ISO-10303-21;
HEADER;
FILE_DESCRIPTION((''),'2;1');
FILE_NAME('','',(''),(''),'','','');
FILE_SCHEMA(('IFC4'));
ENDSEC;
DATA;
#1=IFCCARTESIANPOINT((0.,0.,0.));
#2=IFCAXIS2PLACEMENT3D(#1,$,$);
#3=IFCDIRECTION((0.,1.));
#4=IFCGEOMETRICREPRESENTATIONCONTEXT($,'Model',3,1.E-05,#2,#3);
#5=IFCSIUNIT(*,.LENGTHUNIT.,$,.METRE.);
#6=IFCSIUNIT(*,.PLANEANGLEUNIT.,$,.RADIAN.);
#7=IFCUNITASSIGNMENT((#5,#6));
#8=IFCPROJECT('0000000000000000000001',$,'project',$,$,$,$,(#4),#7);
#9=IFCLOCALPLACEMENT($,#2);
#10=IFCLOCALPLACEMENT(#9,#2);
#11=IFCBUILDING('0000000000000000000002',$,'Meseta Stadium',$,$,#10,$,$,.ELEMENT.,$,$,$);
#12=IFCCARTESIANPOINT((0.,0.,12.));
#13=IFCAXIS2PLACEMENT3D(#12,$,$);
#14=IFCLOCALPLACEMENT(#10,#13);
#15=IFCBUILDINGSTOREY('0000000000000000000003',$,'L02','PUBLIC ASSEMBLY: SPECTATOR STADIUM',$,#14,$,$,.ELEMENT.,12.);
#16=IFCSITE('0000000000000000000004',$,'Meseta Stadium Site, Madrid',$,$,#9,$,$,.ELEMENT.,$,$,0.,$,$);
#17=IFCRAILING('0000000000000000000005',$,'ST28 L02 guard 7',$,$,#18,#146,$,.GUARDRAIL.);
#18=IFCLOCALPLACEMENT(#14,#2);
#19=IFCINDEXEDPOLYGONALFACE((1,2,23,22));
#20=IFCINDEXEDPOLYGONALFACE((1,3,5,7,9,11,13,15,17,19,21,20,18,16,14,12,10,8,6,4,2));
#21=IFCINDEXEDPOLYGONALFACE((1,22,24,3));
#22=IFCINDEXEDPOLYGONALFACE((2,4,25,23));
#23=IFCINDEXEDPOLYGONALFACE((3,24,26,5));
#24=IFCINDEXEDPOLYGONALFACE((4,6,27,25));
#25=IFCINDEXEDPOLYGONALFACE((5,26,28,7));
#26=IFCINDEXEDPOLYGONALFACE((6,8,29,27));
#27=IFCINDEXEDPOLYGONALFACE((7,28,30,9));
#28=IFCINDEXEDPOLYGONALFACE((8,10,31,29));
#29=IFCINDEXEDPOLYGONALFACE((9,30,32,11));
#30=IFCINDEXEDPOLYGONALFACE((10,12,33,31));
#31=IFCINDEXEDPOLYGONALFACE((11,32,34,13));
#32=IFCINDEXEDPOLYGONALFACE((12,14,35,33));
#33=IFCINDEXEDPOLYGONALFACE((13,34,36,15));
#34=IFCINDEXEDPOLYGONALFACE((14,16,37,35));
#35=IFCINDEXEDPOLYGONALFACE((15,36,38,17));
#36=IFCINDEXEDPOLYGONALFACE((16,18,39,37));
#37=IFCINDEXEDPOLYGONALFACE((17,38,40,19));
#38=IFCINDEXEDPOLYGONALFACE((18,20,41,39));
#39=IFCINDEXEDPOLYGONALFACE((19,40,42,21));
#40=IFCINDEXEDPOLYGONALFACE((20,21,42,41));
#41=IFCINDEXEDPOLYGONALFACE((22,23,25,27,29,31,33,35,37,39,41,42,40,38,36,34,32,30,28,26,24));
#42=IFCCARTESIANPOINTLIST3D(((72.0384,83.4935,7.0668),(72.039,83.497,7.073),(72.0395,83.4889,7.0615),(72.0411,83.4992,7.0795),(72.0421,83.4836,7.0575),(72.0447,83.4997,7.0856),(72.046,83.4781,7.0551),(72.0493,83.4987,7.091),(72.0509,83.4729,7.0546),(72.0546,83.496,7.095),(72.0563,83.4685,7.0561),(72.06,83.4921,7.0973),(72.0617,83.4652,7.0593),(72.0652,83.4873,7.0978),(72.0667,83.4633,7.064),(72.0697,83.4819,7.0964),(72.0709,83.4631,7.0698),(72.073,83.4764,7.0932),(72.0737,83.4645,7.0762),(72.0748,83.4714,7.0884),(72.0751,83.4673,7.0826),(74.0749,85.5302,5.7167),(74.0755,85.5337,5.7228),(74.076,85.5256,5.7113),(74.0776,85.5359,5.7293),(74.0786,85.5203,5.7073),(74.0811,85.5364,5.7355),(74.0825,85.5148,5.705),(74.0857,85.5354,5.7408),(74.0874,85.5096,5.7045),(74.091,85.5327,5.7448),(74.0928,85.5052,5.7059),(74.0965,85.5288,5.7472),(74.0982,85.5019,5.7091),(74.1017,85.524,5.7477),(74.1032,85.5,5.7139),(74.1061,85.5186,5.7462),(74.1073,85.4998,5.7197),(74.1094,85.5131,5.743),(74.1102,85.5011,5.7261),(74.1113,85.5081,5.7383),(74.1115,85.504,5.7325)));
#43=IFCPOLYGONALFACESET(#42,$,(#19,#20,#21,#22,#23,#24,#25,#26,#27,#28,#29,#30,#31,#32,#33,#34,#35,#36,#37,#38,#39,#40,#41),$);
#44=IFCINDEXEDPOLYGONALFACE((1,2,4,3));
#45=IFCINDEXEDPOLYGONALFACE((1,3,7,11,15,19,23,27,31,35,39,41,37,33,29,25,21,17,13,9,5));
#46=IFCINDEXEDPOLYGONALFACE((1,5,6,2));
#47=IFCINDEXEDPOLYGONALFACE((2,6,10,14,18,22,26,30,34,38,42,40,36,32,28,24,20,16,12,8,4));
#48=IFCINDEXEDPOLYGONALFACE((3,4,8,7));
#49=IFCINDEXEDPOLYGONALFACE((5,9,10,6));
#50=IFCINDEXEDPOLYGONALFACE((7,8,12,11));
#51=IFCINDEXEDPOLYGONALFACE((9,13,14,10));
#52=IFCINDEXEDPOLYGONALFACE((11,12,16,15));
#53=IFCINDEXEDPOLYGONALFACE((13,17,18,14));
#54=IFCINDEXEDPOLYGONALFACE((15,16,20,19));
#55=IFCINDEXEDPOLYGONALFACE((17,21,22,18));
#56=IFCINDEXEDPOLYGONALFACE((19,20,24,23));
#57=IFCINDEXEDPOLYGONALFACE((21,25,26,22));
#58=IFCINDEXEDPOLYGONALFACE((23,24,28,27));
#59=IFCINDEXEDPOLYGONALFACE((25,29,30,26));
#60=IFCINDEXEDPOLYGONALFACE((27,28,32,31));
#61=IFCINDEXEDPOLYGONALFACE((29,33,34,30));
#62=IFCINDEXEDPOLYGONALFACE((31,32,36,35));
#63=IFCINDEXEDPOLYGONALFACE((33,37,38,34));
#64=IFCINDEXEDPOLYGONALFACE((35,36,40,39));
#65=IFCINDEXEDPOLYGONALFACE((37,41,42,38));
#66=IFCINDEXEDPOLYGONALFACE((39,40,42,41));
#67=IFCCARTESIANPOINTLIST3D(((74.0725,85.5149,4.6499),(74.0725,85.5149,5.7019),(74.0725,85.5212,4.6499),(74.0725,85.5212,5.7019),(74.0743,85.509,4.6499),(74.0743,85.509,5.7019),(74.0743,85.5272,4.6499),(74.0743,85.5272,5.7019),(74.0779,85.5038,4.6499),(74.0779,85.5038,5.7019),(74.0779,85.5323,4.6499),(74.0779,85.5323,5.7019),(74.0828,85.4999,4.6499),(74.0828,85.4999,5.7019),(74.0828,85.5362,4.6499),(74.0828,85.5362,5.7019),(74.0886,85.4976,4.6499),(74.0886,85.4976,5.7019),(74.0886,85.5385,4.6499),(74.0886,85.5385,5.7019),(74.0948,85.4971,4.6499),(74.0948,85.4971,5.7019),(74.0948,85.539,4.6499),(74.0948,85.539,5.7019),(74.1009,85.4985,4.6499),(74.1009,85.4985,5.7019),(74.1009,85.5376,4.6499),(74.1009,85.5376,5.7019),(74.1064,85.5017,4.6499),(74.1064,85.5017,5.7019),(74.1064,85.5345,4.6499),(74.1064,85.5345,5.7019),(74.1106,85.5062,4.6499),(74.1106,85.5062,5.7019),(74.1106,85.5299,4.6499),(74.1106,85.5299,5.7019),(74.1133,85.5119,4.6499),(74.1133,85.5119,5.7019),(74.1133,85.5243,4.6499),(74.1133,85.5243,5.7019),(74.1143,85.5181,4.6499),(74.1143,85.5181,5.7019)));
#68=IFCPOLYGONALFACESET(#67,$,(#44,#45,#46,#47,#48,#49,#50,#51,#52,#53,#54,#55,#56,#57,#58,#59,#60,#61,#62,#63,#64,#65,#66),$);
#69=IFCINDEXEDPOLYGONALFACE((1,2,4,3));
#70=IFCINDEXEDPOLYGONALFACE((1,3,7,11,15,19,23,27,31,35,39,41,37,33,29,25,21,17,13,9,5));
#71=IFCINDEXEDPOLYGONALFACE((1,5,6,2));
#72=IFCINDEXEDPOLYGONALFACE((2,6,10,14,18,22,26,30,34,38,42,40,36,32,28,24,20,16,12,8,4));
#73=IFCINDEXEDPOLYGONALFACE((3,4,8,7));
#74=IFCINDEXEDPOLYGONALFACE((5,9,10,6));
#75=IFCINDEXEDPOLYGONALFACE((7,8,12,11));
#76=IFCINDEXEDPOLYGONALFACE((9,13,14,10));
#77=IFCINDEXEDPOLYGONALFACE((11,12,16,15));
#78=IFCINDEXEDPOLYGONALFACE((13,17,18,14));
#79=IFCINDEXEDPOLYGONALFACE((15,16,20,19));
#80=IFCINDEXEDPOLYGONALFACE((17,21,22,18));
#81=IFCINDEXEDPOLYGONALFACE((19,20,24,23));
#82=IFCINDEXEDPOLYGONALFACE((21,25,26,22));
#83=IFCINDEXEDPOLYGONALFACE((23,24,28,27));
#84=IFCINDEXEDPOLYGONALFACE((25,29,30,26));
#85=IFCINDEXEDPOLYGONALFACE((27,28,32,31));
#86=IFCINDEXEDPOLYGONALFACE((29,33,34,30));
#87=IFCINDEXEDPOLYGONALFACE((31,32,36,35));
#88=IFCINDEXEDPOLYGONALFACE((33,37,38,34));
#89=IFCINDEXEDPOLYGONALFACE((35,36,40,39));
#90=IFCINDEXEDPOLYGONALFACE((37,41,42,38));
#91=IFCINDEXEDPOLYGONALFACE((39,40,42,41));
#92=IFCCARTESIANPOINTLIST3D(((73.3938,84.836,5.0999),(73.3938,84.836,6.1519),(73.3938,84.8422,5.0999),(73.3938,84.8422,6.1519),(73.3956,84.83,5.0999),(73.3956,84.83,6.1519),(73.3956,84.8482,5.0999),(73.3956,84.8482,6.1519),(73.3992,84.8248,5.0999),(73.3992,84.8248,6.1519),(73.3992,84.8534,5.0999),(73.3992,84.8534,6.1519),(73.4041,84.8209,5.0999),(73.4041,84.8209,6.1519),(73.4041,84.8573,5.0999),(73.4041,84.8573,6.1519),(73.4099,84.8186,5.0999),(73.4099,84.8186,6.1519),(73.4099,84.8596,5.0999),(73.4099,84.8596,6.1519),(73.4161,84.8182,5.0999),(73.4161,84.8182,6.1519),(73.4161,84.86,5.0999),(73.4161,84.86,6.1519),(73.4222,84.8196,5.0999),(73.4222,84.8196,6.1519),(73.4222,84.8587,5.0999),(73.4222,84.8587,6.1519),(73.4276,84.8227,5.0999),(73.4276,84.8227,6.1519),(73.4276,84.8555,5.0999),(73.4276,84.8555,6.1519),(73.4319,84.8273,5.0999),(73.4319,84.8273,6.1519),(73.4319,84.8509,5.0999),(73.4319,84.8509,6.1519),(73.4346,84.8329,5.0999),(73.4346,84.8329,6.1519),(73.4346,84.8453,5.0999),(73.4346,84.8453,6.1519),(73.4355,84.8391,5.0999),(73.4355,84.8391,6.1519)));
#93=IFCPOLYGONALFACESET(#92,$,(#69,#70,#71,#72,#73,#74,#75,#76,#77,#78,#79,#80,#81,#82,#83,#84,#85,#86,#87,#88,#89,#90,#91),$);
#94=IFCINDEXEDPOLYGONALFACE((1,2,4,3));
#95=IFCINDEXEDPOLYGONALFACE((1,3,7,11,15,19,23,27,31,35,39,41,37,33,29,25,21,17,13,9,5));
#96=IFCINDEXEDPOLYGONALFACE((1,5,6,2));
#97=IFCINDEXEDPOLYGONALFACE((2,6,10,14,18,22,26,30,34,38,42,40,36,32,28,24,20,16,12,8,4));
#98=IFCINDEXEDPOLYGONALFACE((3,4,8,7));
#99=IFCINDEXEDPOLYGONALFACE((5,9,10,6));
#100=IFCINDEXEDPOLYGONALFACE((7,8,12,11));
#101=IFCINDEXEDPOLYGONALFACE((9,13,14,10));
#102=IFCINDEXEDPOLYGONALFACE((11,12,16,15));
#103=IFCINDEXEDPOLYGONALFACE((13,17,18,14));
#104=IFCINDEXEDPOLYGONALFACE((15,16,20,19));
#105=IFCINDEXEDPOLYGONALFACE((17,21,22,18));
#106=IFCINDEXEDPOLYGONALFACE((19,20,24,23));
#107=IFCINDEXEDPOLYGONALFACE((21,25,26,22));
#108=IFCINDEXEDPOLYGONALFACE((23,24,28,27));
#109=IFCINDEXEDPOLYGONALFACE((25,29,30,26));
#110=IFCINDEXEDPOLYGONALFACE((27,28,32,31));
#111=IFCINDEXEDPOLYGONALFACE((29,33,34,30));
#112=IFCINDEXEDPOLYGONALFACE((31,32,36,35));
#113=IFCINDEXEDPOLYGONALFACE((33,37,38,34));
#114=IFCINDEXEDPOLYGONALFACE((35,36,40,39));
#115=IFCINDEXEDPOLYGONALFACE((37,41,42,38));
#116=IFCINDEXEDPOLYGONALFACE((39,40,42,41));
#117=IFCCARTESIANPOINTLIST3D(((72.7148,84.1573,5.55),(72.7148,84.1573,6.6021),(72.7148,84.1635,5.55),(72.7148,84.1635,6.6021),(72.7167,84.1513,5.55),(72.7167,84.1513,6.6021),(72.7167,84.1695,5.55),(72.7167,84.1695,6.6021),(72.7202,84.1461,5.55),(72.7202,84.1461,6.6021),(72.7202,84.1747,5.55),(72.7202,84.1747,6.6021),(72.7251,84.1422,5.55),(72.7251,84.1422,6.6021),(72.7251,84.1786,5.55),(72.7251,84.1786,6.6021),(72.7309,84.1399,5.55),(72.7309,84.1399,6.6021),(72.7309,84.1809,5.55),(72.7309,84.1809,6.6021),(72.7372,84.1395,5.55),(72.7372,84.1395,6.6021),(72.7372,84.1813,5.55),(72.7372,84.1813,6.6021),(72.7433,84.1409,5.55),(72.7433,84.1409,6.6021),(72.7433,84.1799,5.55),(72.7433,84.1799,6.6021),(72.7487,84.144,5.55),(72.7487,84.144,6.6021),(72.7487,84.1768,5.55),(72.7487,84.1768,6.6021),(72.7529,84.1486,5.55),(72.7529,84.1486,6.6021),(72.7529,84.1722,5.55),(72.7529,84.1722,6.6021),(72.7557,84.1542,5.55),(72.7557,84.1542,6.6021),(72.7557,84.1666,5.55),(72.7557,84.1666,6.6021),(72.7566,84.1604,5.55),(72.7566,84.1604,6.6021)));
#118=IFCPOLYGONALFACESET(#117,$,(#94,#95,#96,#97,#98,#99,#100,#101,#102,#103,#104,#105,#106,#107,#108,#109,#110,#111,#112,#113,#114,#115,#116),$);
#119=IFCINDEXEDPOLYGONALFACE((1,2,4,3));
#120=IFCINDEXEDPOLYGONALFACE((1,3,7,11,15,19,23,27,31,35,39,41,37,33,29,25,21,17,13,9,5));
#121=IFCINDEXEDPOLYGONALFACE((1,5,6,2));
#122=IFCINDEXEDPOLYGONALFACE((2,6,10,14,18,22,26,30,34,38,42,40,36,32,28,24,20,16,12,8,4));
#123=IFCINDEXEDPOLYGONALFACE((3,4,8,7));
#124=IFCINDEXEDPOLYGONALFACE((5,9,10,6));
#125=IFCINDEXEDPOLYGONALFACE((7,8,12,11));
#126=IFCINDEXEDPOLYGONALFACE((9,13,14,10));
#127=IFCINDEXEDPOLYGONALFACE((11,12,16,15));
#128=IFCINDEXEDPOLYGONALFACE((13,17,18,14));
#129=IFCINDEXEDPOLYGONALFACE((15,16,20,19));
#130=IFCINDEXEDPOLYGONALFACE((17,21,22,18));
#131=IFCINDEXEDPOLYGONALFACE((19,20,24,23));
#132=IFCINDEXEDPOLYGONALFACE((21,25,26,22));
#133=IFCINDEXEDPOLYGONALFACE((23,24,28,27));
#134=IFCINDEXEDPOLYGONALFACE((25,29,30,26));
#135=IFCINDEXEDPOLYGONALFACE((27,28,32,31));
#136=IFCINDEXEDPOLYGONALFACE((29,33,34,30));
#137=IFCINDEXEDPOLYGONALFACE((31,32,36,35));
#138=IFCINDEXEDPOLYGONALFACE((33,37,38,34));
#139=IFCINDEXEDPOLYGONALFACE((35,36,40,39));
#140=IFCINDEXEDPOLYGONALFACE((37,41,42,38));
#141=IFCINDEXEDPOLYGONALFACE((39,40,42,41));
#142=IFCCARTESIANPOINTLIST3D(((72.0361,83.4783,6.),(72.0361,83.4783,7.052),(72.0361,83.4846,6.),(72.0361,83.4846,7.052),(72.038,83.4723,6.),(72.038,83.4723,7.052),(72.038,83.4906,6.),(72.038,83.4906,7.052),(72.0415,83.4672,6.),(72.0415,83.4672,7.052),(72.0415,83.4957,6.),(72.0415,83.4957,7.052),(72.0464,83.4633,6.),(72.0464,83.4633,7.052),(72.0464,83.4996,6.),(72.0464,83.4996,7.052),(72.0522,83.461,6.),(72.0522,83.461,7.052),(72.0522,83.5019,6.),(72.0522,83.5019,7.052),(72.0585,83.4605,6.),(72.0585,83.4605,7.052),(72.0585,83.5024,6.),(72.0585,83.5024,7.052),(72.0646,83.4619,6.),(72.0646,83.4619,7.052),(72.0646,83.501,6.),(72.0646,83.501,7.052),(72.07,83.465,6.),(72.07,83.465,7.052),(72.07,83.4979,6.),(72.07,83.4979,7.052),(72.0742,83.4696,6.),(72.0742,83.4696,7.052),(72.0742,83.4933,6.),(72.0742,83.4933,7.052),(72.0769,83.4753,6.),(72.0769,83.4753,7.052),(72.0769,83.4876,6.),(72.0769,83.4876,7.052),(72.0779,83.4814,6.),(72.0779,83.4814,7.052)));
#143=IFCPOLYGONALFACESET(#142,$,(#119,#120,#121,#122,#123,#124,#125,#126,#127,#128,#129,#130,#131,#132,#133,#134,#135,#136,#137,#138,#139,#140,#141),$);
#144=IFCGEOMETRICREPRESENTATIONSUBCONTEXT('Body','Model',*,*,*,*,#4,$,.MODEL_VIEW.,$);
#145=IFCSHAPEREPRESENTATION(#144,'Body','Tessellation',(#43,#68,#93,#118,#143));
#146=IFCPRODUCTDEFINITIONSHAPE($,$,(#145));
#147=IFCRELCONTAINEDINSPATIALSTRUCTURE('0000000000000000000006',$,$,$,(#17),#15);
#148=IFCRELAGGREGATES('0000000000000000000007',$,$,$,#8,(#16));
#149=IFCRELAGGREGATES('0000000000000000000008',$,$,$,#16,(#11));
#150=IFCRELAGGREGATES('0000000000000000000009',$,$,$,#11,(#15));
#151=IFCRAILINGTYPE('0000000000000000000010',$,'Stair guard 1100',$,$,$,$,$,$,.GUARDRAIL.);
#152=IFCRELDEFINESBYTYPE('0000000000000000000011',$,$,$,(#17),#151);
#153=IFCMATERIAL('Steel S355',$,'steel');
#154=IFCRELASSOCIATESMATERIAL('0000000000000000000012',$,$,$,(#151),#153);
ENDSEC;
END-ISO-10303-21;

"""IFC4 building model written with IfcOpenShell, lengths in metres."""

from ifc_helpers import new_model, si_unit, direction, frame, origin, origin_2d, place, context, subcontext, project, spatial, circle, extrude, material, type_object, element, save


model = new_model("IFC4")

# Units and contexts
model_context = context("Model", 3, precision=1e-05, world=origin(), true_north=direction((0.0, 1.0)))
body_context = subcontext(model_context, "Body", "Model", "MODEL_VIEW")
ifc_project = project(units=[si_unit("LENGTHUNIT", "METRE"), si_unit("PLANEANGLEUNIT", "RADIAN")], contexts=[model_context])

# Site, building, storey
site_placement = place(None, origin())
site = spatial("IfcSite", under=ifc_project, at=site_placement, Name="Meseta Stadium Site, Madrid", CompositionType="ELEMENT", RefElevation=0.0)
building_placement = place(site_placement, origin())
building = spatial("IfcBuilding", under=site, at=building_placement, Name="Meseta Stadium", CompositionType="ELEMENT")
storey_placement = place(building_placement, frame((0.0, 0.0, 12.0)))
storey = spatial("IfcBuildingStorey", under=building, at=storey_placement, Name="L02", Description="PUBLIC ASSEMBLY: SPECTATOR STADIUM", CompositionType="ELEMENT", Elevation=12.0)

# Railing
ifc_material_1 = material(Name="Steel S355", Category="steel")
railing_type_1 = type_object("IfcRailingType", Name="Stair guard 1100", PredefinedType="GUARDRAIL", material=ifc_material_1)
railing_1_placement = place(storey_placement, frame((74.0933, 85.5181, 4.6499)))
element("IfcRailing", 1, at=railing_1_placement, inside=storey, type_object=railing_type_1, Name="ST28 L02 guard 7", PredefinedType="GUARDRAIL", context=body_context, shape_type="SweptSolid", body=[
    extrude(circle(Radius=0.0239, at=origin_2d()), frame((0.0, 0.0, 1.0762), z_axis=(-0.640211, -0.640288, 0.424454), x_axis=(0.707149, -0.707064, 0.0)), (0.0, 0.0, 1.0), 3.1809),
    extrude(circle(Radius=0.021, at=origin_2d()), origin(), (0.0, 0.0, 1.0), 1.052),
    extrude(circle(Radius=0.021, at=origin_2d()), frame((-0.6787, -0.679, 0.45)), (0.0, 0.0, 1.0), 1.052),
    extrude(circle(Radius=0.021, at=origin_2d()), frame((-1.3577, -1.3577, 0.9001)), (0.0, 0.0, 1.0), 1.052),
    extrude(circle(Radius=0.021, at=origin_2d()), frame((-2.0364, -2.0366, 1.3501)), (0.0, 0.0, 1.0), 1.052),
])

save(model, "model.ifc")
